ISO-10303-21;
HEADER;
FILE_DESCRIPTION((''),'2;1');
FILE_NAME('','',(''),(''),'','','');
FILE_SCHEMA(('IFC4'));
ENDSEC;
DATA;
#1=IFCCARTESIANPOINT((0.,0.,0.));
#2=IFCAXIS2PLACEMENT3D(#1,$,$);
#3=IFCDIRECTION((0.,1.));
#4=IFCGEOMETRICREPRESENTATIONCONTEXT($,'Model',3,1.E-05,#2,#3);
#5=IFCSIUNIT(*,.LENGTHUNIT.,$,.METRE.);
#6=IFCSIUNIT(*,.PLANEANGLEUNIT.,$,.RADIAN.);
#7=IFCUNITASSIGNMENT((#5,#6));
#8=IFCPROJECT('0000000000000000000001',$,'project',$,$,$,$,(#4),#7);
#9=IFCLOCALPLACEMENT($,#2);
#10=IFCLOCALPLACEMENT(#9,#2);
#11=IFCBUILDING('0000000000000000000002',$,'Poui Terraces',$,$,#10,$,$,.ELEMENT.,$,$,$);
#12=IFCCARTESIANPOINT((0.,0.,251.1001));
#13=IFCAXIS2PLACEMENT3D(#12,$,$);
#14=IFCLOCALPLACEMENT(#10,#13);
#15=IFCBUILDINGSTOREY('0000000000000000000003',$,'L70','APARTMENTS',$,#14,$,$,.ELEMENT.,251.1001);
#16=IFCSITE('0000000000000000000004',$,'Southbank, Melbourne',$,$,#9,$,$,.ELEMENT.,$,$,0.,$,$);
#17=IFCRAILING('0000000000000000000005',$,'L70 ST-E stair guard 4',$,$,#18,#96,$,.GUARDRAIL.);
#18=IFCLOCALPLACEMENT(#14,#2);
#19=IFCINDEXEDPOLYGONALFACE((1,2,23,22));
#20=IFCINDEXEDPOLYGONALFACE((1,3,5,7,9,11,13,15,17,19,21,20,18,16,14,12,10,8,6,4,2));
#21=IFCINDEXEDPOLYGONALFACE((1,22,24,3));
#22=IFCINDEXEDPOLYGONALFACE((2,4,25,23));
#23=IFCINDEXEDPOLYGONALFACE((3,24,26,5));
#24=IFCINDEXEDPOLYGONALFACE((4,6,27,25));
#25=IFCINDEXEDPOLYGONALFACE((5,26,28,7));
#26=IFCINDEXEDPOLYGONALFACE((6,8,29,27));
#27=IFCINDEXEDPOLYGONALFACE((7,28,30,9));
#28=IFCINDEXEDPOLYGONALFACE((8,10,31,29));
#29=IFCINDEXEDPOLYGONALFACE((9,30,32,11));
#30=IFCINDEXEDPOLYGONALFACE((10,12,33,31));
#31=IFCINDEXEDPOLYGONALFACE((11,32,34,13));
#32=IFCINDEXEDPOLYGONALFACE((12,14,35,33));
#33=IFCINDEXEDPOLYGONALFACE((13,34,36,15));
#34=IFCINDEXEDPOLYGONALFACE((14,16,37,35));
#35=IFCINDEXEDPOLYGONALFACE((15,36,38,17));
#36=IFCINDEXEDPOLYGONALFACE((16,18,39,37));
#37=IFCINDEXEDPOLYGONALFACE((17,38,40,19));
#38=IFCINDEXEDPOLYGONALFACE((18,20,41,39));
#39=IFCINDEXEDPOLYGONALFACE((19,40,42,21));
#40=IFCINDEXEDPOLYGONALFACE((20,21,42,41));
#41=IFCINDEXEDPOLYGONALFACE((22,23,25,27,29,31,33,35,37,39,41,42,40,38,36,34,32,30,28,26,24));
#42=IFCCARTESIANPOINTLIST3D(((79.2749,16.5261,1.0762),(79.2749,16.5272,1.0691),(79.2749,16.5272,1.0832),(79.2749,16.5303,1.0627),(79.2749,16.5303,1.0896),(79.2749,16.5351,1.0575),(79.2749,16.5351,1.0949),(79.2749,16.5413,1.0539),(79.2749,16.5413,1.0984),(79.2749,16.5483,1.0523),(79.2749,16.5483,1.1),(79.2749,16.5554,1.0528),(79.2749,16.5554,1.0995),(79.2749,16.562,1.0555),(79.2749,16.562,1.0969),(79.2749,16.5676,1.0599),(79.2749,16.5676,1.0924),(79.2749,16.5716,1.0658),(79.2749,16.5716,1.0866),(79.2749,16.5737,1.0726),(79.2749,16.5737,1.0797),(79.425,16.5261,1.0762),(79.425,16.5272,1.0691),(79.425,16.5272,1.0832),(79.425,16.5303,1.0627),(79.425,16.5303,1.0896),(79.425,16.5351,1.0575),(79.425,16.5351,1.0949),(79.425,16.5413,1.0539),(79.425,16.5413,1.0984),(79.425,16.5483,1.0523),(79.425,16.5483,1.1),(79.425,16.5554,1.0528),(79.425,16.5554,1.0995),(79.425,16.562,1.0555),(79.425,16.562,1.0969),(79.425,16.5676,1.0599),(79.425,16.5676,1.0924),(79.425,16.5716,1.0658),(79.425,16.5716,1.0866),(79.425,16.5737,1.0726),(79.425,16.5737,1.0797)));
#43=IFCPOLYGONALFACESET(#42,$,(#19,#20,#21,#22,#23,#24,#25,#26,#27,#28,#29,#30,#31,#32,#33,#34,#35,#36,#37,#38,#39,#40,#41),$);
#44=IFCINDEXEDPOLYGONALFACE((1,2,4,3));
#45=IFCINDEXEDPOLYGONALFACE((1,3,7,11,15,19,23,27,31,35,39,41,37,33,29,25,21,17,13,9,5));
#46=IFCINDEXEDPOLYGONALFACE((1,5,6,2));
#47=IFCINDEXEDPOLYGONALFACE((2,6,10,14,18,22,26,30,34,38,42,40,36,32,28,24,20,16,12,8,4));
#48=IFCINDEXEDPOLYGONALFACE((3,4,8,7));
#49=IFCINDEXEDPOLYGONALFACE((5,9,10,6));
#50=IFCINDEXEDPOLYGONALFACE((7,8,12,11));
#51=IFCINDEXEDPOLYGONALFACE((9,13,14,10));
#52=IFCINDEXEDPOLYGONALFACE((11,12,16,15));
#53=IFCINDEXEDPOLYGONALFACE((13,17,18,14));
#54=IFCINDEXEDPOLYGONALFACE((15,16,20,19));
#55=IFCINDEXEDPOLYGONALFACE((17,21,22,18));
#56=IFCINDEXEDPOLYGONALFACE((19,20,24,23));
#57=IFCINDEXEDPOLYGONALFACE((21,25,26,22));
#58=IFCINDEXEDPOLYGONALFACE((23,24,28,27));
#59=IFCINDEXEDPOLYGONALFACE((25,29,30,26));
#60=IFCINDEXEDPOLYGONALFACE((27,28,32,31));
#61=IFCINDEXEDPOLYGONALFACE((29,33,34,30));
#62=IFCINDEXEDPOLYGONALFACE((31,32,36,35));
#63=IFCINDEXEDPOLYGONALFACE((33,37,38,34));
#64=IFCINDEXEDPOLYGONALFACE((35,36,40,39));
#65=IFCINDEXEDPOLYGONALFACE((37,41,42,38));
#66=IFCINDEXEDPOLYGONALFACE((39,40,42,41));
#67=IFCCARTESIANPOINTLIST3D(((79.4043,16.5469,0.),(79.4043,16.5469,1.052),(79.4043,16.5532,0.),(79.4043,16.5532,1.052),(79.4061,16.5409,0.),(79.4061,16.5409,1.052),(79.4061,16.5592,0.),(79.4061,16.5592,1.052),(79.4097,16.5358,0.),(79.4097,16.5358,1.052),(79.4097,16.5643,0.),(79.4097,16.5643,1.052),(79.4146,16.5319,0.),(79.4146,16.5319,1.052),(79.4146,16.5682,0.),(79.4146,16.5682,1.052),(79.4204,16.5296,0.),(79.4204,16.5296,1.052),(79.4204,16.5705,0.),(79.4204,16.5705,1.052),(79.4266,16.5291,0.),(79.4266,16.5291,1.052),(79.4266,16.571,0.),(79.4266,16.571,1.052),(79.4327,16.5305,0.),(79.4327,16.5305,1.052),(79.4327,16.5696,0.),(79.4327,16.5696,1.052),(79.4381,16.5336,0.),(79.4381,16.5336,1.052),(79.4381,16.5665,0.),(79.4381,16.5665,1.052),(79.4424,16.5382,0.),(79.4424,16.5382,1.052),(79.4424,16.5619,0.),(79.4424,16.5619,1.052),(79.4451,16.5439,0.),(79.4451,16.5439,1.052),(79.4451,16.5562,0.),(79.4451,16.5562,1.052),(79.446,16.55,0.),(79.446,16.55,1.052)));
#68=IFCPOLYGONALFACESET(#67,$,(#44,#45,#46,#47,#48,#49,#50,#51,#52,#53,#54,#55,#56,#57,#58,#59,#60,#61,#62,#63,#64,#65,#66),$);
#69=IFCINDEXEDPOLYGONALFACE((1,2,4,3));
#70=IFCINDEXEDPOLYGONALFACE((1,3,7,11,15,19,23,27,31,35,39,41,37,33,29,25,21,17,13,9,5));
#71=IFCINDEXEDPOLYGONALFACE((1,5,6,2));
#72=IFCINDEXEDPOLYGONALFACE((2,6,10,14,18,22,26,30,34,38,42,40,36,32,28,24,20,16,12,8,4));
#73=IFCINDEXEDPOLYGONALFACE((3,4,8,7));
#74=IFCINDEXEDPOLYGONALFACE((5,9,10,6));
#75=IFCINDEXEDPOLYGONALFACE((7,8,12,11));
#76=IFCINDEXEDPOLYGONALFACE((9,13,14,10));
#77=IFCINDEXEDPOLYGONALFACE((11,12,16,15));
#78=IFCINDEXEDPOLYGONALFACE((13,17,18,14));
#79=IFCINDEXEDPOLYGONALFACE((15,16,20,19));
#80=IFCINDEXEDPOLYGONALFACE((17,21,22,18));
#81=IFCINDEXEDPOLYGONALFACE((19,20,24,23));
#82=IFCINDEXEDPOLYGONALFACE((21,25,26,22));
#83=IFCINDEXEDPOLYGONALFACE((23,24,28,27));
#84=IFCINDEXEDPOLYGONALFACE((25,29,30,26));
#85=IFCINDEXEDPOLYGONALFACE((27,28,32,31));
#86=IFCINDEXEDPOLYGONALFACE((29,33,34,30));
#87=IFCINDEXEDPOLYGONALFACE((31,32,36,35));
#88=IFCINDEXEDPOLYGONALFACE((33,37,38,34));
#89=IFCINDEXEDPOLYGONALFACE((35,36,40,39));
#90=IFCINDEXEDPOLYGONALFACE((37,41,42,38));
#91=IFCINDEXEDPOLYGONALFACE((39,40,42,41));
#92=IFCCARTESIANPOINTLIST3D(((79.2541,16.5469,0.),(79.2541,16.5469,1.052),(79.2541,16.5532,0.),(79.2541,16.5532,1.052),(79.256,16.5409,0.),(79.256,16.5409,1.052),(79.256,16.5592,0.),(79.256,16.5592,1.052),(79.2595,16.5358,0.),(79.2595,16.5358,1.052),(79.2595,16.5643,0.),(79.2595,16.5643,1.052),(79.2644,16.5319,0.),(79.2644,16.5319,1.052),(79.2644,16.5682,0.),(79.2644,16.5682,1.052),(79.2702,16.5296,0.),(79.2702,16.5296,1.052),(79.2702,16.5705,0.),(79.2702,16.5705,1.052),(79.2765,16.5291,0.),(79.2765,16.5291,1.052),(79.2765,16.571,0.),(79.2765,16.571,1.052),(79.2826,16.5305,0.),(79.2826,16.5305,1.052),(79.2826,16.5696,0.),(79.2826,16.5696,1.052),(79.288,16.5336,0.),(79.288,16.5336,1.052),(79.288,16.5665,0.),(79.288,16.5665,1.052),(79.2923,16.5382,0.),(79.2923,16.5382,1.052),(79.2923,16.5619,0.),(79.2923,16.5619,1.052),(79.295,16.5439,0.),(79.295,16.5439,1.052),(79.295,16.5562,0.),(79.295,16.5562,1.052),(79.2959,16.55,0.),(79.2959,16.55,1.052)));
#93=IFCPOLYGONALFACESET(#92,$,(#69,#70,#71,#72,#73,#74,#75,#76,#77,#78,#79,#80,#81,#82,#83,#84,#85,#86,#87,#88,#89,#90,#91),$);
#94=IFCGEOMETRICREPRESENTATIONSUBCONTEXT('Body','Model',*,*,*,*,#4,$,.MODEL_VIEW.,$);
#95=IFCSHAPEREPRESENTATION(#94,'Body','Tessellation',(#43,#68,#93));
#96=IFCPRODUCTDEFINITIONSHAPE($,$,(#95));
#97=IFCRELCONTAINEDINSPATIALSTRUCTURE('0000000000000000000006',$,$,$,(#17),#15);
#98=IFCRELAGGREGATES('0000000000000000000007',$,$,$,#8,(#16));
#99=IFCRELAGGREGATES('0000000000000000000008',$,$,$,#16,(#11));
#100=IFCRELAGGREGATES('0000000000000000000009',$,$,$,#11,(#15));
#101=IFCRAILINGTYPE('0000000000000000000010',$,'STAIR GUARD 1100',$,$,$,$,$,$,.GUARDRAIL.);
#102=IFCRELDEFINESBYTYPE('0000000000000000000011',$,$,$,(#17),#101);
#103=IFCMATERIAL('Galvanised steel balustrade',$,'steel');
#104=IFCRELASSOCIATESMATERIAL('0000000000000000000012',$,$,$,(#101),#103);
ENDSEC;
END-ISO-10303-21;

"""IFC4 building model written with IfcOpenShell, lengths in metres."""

from ifc_helpers import new_model, si_unit, direction, frame, origin, origin_2d, place, context, subcontext, project, spatial, circle, extrude, material, type_object, element, save


model = new_model("IFC4")

# Units and contexts
model_context = context("Model", 3, precision=1e-05, world=origin(), true_north=direction((0.0, 1.0)))
body_context = subcontext(model_context, "Body", "Model", "MODEL_VIEW")
ifc_project = project(units=[si_unit("LENGTHUNIT", "METRE"), si_unit("PLANEANGLEUNIT", "RADIAN")], contexts=[model_context])

# Site, building, storey
site_placement = place(None, origin())
site = spatial("IfcSite", under=ifc_project, at=site_placement, Name="Southbank, Melbourne", CompositionType="ELEMENT", RefElevation=0.0)
building_placement = place(site_placement, origin())
building = spatial("IfcBuilding", under=site, at=building_placement, Name="Poui Terraces", CompositionType="ELEMENT")
storey_placement = place(building_placement, frame((0.0, 0.0, 251.1001)))
storey = spatial("IfcBuildingStorey", under=building, at=storey_placement, Name="L70", Description="APARTMENTS", CompositionType="ELEMENT", Elevation=251.1001)

# Railing
ifc_material_1 = material(Name="Galvanised steel balustrade", Category="steel")
railing_type_1 = type_object("IfcRailingType", Name="STAIR GUARD 1100", PredefinedType="GUARDRAIL", material=ifc_material_1)
railing_1_placement = place(storey_placement, frame((79.425, 16.55, 0.0)))
element("IfcRailing", 1, at=railing_1_placement, inside=storey, type_object=railing_type_1, Name="L70 ST-E stair guard 4", PredefinedType="GUARDRAIL", context=body_context, shape_type="SweptSolid", body=[
    extrude(circle(Radius=0.0239, at=origin_2d()), frame((0.0, 0.0, 1.0762), z_axis=(-1.0, 0.0, 0.0), x_axis=(0.0, -1.0, 0.0)), (0.0, 0.0, 1.0), 0.1501),
    extrude(circle(Radius=0.021, at=origin_2d()), origin(), (0.0, 0.0, 1.0), 1.052),
    extrude(circle(Radius=0.021, at=origin_2d()), frame((-0.1501, 0.0, 0.0)), (0.0, 0.0, 1.0), 1.052),
])

save(model, "model.ifc")
